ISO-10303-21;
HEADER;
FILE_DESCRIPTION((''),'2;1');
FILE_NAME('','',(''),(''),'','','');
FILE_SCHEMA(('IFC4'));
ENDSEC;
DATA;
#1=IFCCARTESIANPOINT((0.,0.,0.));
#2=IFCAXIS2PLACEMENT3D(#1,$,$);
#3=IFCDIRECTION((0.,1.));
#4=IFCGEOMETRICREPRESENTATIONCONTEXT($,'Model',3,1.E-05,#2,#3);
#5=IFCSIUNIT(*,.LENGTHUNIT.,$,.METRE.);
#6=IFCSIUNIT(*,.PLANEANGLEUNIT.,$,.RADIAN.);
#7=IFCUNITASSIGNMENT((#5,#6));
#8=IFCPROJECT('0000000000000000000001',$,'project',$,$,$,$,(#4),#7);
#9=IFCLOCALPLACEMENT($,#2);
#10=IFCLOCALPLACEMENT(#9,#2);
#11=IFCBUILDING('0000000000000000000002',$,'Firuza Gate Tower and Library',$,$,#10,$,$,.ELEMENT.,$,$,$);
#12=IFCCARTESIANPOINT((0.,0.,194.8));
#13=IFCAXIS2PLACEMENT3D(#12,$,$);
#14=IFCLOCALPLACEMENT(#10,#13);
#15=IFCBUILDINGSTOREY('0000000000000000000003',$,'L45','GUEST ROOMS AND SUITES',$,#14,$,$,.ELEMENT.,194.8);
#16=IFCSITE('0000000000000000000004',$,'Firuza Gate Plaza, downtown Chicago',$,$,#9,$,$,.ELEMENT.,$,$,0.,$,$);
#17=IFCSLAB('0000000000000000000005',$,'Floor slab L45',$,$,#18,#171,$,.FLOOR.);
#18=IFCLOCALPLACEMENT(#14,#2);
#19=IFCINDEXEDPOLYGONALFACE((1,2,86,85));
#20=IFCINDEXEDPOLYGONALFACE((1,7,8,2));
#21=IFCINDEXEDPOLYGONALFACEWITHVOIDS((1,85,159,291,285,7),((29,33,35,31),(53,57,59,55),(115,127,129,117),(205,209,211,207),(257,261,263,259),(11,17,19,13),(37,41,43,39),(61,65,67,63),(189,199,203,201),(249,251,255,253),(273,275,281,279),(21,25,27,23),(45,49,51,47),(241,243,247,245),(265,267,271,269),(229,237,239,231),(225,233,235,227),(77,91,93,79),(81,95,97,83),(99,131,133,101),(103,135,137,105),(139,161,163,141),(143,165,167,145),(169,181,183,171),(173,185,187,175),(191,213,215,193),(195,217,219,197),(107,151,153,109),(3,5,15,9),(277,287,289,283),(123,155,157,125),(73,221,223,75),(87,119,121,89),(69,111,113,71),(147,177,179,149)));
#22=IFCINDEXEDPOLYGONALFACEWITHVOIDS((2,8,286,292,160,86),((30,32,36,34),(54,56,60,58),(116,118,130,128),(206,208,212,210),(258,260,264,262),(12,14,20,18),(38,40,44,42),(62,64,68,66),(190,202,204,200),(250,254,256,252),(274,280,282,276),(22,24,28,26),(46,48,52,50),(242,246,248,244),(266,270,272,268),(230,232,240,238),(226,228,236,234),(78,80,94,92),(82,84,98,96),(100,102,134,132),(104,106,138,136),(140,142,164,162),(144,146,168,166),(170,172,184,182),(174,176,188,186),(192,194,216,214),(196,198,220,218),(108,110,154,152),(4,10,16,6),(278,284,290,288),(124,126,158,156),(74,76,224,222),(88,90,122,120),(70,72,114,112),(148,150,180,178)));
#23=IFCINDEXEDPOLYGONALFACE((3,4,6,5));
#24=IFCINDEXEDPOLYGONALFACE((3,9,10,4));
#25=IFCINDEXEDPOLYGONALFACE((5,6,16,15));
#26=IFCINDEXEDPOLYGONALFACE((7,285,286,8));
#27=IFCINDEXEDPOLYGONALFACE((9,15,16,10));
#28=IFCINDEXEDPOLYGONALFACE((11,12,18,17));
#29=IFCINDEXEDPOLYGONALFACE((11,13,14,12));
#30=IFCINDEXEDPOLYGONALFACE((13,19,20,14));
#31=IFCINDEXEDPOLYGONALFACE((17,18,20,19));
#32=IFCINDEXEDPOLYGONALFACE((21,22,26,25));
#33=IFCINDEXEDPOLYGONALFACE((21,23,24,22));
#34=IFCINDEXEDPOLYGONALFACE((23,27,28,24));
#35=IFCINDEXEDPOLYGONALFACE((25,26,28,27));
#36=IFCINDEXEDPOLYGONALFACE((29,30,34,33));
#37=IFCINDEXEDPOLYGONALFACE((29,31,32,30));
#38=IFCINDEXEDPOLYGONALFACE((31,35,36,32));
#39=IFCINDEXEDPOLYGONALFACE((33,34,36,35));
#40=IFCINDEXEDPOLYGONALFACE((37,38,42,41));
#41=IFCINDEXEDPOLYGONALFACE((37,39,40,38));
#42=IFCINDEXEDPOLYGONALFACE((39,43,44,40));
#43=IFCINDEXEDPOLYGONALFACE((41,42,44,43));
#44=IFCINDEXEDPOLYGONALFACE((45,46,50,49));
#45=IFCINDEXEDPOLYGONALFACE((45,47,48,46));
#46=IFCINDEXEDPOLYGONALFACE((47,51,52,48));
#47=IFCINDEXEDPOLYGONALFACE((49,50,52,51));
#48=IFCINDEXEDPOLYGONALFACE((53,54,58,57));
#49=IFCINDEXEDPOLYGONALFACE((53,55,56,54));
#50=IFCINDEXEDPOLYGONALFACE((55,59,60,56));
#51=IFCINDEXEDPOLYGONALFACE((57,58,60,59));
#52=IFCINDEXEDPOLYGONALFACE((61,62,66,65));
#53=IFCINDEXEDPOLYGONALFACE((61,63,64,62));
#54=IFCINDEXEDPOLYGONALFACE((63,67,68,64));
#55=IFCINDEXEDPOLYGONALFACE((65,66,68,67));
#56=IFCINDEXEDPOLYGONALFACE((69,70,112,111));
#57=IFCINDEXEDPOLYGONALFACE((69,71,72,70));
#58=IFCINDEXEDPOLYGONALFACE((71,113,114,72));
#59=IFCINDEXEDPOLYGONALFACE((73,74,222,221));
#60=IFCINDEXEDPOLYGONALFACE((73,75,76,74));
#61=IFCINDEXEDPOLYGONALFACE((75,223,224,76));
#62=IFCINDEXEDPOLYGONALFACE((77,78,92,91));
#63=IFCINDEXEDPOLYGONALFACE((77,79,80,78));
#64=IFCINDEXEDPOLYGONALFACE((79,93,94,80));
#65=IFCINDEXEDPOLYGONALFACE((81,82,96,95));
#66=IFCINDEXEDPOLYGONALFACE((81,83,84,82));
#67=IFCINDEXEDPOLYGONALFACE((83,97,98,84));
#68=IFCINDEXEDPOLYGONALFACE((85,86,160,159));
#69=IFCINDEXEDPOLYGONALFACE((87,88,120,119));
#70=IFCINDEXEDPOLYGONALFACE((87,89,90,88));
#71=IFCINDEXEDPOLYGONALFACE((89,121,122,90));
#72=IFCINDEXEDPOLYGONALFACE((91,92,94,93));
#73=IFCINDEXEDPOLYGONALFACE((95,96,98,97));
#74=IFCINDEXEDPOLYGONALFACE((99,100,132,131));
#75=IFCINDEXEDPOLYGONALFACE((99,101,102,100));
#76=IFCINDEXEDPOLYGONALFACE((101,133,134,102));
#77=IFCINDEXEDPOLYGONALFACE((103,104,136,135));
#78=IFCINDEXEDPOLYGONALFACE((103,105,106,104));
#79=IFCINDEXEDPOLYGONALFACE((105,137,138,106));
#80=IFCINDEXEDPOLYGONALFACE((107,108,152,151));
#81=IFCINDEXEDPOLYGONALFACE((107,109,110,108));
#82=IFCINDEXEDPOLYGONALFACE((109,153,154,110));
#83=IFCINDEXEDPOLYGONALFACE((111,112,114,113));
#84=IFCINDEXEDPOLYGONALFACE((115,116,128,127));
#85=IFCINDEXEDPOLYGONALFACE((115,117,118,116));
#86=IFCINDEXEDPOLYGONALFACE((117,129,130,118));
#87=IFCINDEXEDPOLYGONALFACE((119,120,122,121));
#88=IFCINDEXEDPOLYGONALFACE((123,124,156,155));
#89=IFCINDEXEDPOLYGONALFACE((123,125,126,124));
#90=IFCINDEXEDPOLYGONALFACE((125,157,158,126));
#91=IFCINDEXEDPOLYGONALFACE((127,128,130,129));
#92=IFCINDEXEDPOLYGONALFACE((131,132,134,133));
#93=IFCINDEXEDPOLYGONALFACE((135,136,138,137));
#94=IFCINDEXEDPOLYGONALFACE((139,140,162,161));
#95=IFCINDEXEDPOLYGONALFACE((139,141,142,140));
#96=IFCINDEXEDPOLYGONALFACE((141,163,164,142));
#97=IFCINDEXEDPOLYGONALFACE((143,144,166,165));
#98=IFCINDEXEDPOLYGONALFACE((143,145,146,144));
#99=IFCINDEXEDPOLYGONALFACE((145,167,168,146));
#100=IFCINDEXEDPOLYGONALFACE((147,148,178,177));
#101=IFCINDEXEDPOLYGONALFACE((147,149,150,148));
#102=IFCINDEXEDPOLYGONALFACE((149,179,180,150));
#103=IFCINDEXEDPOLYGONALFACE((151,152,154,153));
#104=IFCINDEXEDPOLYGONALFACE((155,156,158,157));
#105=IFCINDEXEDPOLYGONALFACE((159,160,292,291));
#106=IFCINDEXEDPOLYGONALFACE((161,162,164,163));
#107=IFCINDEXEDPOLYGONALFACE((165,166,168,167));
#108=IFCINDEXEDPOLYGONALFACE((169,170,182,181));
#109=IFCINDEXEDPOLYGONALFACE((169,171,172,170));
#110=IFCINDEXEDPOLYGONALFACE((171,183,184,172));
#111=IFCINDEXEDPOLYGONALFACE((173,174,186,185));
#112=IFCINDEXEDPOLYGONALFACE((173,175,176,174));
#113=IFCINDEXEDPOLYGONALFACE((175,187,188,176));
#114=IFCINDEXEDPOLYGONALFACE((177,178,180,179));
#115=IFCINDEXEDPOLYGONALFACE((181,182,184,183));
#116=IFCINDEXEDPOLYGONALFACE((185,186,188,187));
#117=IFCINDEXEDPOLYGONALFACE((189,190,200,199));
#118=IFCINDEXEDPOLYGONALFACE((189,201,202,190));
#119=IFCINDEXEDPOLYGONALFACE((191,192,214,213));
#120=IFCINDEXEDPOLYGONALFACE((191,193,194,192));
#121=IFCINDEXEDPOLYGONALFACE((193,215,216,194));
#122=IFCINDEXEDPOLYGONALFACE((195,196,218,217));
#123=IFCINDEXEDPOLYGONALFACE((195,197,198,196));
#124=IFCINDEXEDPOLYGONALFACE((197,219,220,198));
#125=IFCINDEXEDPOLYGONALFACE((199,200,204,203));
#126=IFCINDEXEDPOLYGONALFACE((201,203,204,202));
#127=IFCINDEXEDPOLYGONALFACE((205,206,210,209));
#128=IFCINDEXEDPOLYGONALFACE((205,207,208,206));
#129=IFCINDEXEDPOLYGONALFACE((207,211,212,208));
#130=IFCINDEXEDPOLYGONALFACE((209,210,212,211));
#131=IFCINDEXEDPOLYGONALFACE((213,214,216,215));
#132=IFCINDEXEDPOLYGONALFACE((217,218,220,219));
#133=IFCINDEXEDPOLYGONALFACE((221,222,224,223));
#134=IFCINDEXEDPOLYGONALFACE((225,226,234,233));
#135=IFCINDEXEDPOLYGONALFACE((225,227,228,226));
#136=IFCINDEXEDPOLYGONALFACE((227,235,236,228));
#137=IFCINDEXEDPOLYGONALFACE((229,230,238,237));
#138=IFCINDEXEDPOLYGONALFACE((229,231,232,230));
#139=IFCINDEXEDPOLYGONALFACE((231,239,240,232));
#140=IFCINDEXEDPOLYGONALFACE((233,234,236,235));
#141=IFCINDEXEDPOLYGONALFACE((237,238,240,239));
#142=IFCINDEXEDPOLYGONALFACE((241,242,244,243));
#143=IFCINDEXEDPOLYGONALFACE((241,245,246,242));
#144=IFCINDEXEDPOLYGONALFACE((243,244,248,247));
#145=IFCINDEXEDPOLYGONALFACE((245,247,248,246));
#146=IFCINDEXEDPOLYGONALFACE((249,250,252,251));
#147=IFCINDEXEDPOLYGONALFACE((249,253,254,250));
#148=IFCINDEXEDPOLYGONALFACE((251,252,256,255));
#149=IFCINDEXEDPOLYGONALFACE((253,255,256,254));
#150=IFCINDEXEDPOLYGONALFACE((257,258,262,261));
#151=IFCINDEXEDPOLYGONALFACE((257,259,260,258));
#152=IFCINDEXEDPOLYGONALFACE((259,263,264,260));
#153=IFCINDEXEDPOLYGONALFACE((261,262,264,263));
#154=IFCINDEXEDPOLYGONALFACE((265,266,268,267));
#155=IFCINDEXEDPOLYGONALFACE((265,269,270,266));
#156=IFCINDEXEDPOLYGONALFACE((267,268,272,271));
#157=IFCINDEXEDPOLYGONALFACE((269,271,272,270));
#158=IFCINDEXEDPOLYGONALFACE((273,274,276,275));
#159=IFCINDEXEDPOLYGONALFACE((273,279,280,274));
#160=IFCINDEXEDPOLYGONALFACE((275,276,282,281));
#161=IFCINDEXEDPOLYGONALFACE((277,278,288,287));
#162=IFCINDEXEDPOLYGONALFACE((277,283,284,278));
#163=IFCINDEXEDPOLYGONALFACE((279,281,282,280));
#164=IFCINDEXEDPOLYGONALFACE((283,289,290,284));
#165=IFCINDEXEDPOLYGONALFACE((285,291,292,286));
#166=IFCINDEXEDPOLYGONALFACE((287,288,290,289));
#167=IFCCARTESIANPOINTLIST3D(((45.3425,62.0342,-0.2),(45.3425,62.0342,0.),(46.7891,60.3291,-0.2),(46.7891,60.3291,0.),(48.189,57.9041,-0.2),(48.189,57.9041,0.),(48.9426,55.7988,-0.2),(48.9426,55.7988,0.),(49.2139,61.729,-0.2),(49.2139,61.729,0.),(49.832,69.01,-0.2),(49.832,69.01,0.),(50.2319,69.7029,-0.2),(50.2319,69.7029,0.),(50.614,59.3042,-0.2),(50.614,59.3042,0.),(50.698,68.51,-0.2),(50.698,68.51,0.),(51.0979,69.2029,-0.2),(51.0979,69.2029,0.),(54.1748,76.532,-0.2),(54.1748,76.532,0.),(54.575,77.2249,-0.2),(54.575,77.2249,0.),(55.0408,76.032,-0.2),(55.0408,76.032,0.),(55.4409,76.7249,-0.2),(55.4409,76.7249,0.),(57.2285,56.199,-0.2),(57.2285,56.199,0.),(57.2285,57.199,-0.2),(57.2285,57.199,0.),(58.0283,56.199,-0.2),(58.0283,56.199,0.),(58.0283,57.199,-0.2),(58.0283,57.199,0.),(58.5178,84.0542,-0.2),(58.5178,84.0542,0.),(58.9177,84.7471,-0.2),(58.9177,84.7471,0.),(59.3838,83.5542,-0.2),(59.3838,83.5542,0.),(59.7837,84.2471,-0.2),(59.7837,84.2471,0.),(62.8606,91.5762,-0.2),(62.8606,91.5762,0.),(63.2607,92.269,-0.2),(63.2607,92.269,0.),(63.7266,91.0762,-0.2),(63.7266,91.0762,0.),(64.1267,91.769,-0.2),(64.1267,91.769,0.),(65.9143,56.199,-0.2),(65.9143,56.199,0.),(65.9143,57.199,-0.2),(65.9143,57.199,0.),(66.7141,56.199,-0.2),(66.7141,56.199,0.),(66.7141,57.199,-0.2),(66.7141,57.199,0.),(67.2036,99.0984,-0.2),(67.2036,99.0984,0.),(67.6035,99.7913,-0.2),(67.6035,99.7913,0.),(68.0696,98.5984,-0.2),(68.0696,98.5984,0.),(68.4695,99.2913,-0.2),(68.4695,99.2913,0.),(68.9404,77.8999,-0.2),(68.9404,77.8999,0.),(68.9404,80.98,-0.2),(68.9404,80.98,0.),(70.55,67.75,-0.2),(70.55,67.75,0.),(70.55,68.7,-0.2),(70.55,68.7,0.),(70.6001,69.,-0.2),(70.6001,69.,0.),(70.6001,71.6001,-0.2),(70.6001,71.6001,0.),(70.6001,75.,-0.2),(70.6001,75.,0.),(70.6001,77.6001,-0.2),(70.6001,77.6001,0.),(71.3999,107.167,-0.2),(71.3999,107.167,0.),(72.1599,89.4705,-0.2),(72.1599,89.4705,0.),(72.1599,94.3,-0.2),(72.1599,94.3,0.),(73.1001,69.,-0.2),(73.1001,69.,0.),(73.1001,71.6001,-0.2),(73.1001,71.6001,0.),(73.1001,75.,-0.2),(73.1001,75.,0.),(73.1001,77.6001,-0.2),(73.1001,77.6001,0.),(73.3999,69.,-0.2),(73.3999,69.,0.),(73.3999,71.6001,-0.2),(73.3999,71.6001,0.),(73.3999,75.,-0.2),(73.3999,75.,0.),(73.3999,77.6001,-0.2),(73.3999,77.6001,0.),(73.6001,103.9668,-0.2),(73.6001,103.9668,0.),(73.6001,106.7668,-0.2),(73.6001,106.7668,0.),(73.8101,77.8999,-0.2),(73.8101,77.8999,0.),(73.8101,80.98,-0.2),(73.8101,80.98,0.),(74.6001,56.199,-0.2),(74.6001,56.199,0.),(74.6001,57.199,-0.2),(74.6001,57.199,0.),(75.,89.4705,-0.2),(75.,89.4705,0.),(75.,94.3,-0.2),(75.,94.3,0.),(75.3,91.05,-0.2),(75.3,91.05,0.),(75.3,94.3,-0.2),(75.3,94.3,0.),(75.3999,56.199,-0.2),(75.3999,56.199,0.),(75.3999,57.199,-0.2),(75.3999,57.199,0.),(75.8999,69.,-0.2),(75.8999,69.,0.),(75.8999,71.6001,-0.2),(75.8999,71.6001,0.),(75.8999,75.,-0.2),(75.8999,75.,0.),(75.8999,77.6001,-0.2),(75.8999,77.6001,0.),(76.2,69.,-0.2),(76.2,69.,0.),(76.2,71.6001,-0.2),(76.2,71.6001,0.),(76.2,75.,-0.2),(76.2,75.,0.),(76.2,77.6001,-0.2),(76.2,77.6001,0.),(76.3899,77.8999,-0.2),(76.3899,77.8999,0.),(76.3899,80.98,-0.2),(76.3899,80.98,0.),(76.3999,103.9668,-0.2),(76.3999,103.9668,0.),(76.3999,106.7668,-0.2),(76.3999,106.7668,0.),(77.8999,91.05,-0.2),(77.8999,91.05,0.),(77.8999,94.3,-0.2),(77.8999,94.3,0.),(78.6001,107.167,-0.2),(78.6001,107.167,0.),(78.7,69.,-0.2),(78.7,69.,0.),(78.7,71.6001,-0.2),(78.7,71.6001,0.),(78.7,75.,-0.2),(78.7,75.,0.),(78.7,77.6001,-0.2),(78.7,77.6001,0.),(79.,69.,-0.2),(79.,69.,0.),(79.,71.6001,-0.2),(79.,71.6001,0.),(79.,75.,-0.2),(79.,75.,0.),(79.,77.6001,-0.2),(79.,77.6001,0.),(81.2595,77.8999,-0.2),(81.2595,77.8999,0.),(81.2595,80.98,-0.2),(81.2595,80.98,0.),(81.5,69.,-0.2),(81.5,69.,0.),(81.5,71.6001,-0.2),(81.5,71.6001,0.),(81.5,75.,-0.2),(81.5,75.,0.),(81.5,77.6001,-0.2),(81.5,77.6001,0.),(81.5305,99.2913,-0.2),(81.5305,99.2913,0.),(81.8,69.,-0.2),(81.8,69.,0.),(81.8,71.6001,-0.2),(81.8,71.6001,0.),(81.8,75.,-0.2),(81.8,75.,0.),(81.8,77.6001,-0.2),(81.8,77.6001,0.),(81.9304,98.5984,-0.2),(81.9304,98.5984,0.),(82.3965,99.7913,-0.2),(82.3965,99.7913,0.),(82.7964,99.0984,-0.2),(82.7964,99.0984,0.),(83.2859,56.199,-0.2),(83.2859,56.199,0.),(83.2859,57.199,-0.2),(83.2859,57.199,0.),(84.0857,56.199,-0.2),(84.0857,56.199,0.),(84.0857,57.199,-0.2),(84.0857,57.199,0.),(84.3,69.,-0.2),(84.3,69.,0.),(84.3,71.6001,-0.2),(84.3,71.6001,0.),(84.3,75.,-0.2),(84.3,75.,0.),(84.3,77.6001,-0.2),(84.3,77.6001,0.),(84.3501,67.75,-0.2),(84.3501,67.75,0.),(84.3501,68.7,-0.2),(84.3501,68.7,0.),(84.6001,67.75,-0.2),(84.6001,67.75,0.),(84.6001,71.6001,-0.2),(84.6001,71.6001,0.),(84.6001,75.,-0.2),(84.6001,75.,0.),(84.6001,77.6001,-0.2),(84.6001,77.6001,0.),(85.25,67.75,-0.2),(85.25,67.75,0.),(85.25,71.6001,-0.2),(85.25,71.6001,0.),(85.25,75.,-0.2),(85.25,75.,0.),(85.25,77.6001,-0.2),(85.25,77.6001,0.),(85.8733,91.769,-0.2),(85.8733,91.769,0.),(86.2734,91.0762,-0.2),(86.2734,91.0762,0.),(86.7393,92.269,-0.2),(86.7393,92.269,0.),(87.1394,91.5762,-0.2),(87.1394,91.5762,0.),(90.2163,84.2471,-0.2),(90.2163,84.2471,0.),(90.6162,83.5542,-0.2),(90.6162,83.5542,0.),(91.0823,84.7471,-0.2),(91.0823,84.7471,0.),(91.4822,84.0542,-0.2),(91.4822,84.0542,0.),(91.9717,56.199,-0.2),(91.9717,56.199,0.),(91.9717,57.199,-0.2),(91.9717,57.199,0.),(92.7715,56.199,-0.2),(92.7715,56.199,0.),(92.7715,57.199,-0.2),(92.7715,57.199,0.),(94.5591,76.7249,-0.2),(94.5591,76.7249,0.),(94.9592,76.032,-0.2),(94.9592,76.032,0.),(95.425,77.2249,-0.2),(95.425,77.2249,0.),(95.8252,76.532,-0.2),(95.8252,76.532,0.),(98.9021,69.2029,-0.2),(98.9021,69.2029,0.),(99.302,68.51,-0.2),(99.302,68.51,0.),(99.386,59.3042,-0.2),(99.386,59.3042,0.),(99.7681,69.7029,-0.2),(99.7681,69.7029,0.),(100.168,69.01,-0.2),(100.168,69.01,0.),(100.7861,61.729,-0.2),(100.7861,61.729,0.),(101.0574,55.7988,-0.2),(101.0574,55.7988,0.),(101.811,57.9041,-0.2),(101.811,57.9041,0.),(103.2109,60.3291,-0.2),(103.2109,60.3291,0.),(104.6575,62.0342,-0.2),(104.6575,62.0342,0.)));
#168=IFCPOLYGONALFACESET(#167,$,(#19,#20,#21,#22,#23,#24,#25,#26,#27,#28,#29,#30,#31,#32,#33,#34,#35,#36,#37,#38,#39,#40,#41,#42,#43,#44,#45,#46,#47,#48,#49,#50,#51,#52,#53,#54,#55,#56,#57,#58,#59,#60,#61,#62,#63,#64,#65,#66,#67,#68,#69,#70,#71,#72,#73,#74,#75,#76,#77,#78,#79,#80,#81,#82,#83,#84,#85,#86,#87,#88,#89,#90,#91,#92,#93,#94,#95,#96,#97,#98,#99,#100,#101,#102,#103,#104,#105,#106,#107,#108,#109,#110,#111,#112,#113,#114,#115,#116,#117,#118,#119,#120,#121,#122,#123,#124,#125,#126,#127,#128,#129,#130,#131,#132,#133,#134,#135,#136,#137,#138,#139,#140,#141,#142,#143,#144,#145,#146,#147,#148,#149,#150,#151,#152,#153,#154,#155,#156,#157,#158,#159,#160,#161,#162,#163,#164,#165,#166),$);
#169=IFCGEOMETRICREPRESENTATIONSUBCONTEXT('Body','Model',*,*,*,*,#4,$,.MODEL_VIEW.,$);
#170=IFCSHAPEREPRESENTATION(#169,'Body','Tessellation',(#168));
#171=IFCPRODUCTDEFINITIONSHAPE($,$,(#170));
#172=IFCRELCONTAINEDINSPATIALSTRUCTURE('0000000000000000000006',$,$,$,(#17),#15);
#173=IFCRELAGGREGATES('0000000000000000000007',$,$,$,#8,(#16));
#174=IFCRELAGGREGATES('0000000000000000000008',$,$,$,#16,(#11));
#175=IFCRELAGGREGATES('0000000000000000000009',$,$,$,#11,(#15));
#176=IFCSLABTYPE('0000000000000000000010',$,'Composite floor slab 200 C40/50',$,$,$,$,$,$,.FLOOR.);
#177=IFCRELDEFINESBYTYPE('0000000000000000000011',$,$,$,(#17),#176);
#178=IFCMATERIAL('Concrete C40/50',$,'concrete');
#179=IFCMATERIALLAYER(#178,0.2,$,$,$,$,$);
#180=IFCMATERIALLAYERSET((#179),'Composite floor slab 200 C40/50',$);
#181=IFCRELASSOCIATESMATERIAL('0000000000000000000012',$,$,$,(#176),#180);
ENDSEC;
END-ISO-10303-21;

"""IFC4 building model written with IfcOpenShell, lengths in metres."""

from ifc_helpers import new_model, si_unit, direction, frame, origin, place, context, subcontext, project, spatial, polyline, outline, extrude, material, layer, layer_set, type_object, element, save


model = new_model("IFC4")

# Units and contexts
model_context = context("Model", 3, precision=1e-05, world=origin(), true_north=direction((0.0, 1.0)))
body_context = subcontext(model_context, "Body", "Model", "MODEL_VIEW")
ifc_project = project(units=[si_unit("LENGTHUNIT", "METRE"), si_unit("PLANEANGLEUNIT", "RADIAN")], contexts=[model_context])

# Site, building, storey
site_placement = place(None, origin())
site = spatial("IfcSite", under=ifc_project, at=site_placement, Name="Firuza Gate Plaza, downtown Chicago", CompositionType="ELEMENT", RefElevation=0.0)
building_placement = place(site_placement, origin())
building = spatial("IfcBuilding", under=site, at=building_placement, Name="Firuza Gate Tower and Library", CompositionType="ELEMENT")
storey_placement = place(building_placement, frame((0.0, 0.0, 194.8)))
storey = spatial("IfcBuildingStorey", under=building, at=storey_placement, Name="L45", Description="GUEST ROOMS AND SUITES", CompositionType="ELEMENT", Elevation=194.8)

# Slab
ifc_material_1 = material(Name="Concrete C40/50", Category="concrete")
ifc_layer_1 = layer(ifc_material_1, 0.2)
ifc_layer_set_1 = layer_set([ifc_layer_1], Name="Composite floor slab 200 C40/50")
slab_type_1 = type_object("IfcSlabType", Name="Composite floor slab 200 C40/50", PredefinedType="FLOOR", material=ifc_layer_set_1)
placement_1 = place(storey_placement, frame((0.0, 0.0, -0.2)))
element("IfcSlab", 1, at=placement_1, inside=storey, type_object=slab_type_1, Name="Floor slab L45", PredefinedType="FLOOR", context=body_context, shape_type="SweptSolid", body=[
    extrude(outline(polyline([(45.3425, 62.0342), (48.9426, 55.7988), (101.0574, 55.7988), (104.6575, 62.0342), (78.6001, 107.167), (71.3999, 107.167), (45.3425, 62.0342)]), holes=[polyline([(57.2285, 56.199), (57.2285, 57.199), (58.0283, 57.199), (58.0283, 56.199), (57.2285, 56.199)]), polyline([(74.6001, 56.199), (74.6001, 57.199), (75.3999, 57.199), (75.3999, 56.199), (74.6001, 56.199)]), polyline([(65.9143, 56.199), (65.9143, 57.199), (66.7141, 57.199), (66.7141, 56.199), (65.9143, 56.199)]), polyline([(46.7891, 60.3291), (49.2139, 61.729), (50.614, 59.3042), (48.189, 57.9041), (46.7891, 60.3291)]), polyline([(84.3501, 67.75), (70.55, 67.75), (70.55, 68.7), (84.3501, 68.7), (84.3501, 67.75)]), polyline([(50.2319, 69.7029), (51.0979, 69.2029), (50.698, 68.51), (49.832, 69.01), (50.2319, 69.7029)]), polyline([(73.1001, 69.0), (70.6001, 69.0), (70.6001, 71.6001), (73.1001, 71.6001), (73.1001, 69.0)]), polyline([(75.8999, 69.0), (73.3999, 69.0), (73.3999, 71.6001), (75.8999, 71.6001), (75.8999, 69.0)]), polyline([(73.1001, 75.0), (70.6001, 75.0), (70.6001, 77.6001), (73.1001, 77.6001), (73.1001, 75.0)]), polyline([(75.8999, 75.0), (73.3999, 75.0), (73.3999, 77.6001), (75.8999, 77.6001), (75.8999, 75.0)]), polyline([(54.575, 77.2249), (55.4409, 76.7249), (55.0408, 76.032), (54.1748, 76.532), (54.575, 77.2249)]), polyline([(73.8101, 77.8999), (68.9404, 77.8999), (68.9404, 80.98), (73.8101, 80.98), (73.8101, 77.8999)]), polyline([(58.9177, 84.7471), (59.7837, 84.2471), (59.3838, 83.5542), (58.5178, 84.0542), (58.9177, 84.7471)]), polyline([(63.2607, 92.269), (64.1267, 91.769), (63.7266, 91.0762), (62.8606, 91.5762), (63.2607, 92.269)]), polyline([(72.1599, 89.4705), (72.1599, 94.3), (75.0, 94.3), (75.0, 89.4705), (72.1599, 89.4705)]), polyline([(75.3, 91.05), (75.3, 94.3), (77.8999, 94.3), (77.8999, 91.05), (75.3, 91.05)]), polyline([(68.4695, 99.2913), (68.0696, 98.5984), (67.2036, 99.0984), (67.6035, 99.7913), (68.4695, 99.2913)]), polyline([(76.3999, 106.7668), (76.3999, 103.9668), (73.6001, 103.9668), (73.6001, 106.7668), (76.3999, 106.7668)]), polyline([(91.9717, 56.199), (91.9717, 57.199), (92.7715, 57.199), (92.7715, 56.199), (91.9717, 56.199)]), polyline([(83.2859, 56.199), (83.2859, 57.199), (84.0857, 57.199), (84.0857, 56.199), (83.2859, 56.199)]), polyline([(101.811, 57.9041), (99.386, 59.3042), (100.7861, 61.729), (103.2109, 60.3291), (101.811, 57.9041)]), polyline([(100.168, 69.01), (99.302, 68.51), (98.9021, 69.2029), (99.7681, 69.7029), (100.168, 69.01)]), polyline([(85.25, 67.75), (84.6001, 67.75), (84.6001, 71.6001), (85.25, 71.6001), (85.25, 67.75)]), polyline([(81.5, 69.0), (79.0, 69.0), (79.0, 71.6001), (81.5, 71.6001), (81.5, 69.0)]), polyline([(81.8, 69.0), (81.8, 71.6001), (84.3, 71.6001), (84.3, 69.0), (81.8, 69.0)]), polyline([(76.2, 69.0), (76.2, 71.6001), (78.7, 71.6001), (78.7, 69.0), (76.2, 69.0)]), polyline([(81.5, 75.0), (79.0, 75.0), (79.0, 77.6001), (81.5, 77.6001), (81.5, 75.0)]), polyline([(84.3, 75.0), (81.8, 75.0), (81.8, 77.6001), (84.3, 77.6001), (84.3, 75.0)]), polyline([(85.25, 75.0), (84.6001, 75.0), (84.6001, 77.6001), (85.25, 77.6001), (85.25, 75.0)]), polyline([(78.7, 75.0), (76.2, 75.0), (76.2, 77.6001), (78.7, 77.6001), (78.7, 75.0)]), polyline([(95.8252, 76.532), (94.9592, 76.032), (94.5591, 76.7249), (95.425, 77.2249), (95.8252, 76.532)]), polyline([(81.2595, 77.8999), (76.3899, 77.8999), (76.3899, 80.98), (81.2595, 80.98), (81.2595, 77.8999)]), polyline([(91.4822, 84.0542), (90.6162, 83.5542), (90.2163, 84.2471), (91.0823, 84.7471), (91.4822, 84.0542)]), polyline([(86.2734, 91.0762), (85.8733, 91.769), (86.7393, 92.269), (87.1394, 91.5762), (86.2734, 91.0762)]), polyline([(81.9304, 98.5984), (81.5305, 99.2913), (82.3965, 99.7913), (82.7964, 99.0984), (81.9304, 98.5984)])]), origin(), (0.0, 0.0, 1.0), 0.2),
])

save(model, "model.ifc")
